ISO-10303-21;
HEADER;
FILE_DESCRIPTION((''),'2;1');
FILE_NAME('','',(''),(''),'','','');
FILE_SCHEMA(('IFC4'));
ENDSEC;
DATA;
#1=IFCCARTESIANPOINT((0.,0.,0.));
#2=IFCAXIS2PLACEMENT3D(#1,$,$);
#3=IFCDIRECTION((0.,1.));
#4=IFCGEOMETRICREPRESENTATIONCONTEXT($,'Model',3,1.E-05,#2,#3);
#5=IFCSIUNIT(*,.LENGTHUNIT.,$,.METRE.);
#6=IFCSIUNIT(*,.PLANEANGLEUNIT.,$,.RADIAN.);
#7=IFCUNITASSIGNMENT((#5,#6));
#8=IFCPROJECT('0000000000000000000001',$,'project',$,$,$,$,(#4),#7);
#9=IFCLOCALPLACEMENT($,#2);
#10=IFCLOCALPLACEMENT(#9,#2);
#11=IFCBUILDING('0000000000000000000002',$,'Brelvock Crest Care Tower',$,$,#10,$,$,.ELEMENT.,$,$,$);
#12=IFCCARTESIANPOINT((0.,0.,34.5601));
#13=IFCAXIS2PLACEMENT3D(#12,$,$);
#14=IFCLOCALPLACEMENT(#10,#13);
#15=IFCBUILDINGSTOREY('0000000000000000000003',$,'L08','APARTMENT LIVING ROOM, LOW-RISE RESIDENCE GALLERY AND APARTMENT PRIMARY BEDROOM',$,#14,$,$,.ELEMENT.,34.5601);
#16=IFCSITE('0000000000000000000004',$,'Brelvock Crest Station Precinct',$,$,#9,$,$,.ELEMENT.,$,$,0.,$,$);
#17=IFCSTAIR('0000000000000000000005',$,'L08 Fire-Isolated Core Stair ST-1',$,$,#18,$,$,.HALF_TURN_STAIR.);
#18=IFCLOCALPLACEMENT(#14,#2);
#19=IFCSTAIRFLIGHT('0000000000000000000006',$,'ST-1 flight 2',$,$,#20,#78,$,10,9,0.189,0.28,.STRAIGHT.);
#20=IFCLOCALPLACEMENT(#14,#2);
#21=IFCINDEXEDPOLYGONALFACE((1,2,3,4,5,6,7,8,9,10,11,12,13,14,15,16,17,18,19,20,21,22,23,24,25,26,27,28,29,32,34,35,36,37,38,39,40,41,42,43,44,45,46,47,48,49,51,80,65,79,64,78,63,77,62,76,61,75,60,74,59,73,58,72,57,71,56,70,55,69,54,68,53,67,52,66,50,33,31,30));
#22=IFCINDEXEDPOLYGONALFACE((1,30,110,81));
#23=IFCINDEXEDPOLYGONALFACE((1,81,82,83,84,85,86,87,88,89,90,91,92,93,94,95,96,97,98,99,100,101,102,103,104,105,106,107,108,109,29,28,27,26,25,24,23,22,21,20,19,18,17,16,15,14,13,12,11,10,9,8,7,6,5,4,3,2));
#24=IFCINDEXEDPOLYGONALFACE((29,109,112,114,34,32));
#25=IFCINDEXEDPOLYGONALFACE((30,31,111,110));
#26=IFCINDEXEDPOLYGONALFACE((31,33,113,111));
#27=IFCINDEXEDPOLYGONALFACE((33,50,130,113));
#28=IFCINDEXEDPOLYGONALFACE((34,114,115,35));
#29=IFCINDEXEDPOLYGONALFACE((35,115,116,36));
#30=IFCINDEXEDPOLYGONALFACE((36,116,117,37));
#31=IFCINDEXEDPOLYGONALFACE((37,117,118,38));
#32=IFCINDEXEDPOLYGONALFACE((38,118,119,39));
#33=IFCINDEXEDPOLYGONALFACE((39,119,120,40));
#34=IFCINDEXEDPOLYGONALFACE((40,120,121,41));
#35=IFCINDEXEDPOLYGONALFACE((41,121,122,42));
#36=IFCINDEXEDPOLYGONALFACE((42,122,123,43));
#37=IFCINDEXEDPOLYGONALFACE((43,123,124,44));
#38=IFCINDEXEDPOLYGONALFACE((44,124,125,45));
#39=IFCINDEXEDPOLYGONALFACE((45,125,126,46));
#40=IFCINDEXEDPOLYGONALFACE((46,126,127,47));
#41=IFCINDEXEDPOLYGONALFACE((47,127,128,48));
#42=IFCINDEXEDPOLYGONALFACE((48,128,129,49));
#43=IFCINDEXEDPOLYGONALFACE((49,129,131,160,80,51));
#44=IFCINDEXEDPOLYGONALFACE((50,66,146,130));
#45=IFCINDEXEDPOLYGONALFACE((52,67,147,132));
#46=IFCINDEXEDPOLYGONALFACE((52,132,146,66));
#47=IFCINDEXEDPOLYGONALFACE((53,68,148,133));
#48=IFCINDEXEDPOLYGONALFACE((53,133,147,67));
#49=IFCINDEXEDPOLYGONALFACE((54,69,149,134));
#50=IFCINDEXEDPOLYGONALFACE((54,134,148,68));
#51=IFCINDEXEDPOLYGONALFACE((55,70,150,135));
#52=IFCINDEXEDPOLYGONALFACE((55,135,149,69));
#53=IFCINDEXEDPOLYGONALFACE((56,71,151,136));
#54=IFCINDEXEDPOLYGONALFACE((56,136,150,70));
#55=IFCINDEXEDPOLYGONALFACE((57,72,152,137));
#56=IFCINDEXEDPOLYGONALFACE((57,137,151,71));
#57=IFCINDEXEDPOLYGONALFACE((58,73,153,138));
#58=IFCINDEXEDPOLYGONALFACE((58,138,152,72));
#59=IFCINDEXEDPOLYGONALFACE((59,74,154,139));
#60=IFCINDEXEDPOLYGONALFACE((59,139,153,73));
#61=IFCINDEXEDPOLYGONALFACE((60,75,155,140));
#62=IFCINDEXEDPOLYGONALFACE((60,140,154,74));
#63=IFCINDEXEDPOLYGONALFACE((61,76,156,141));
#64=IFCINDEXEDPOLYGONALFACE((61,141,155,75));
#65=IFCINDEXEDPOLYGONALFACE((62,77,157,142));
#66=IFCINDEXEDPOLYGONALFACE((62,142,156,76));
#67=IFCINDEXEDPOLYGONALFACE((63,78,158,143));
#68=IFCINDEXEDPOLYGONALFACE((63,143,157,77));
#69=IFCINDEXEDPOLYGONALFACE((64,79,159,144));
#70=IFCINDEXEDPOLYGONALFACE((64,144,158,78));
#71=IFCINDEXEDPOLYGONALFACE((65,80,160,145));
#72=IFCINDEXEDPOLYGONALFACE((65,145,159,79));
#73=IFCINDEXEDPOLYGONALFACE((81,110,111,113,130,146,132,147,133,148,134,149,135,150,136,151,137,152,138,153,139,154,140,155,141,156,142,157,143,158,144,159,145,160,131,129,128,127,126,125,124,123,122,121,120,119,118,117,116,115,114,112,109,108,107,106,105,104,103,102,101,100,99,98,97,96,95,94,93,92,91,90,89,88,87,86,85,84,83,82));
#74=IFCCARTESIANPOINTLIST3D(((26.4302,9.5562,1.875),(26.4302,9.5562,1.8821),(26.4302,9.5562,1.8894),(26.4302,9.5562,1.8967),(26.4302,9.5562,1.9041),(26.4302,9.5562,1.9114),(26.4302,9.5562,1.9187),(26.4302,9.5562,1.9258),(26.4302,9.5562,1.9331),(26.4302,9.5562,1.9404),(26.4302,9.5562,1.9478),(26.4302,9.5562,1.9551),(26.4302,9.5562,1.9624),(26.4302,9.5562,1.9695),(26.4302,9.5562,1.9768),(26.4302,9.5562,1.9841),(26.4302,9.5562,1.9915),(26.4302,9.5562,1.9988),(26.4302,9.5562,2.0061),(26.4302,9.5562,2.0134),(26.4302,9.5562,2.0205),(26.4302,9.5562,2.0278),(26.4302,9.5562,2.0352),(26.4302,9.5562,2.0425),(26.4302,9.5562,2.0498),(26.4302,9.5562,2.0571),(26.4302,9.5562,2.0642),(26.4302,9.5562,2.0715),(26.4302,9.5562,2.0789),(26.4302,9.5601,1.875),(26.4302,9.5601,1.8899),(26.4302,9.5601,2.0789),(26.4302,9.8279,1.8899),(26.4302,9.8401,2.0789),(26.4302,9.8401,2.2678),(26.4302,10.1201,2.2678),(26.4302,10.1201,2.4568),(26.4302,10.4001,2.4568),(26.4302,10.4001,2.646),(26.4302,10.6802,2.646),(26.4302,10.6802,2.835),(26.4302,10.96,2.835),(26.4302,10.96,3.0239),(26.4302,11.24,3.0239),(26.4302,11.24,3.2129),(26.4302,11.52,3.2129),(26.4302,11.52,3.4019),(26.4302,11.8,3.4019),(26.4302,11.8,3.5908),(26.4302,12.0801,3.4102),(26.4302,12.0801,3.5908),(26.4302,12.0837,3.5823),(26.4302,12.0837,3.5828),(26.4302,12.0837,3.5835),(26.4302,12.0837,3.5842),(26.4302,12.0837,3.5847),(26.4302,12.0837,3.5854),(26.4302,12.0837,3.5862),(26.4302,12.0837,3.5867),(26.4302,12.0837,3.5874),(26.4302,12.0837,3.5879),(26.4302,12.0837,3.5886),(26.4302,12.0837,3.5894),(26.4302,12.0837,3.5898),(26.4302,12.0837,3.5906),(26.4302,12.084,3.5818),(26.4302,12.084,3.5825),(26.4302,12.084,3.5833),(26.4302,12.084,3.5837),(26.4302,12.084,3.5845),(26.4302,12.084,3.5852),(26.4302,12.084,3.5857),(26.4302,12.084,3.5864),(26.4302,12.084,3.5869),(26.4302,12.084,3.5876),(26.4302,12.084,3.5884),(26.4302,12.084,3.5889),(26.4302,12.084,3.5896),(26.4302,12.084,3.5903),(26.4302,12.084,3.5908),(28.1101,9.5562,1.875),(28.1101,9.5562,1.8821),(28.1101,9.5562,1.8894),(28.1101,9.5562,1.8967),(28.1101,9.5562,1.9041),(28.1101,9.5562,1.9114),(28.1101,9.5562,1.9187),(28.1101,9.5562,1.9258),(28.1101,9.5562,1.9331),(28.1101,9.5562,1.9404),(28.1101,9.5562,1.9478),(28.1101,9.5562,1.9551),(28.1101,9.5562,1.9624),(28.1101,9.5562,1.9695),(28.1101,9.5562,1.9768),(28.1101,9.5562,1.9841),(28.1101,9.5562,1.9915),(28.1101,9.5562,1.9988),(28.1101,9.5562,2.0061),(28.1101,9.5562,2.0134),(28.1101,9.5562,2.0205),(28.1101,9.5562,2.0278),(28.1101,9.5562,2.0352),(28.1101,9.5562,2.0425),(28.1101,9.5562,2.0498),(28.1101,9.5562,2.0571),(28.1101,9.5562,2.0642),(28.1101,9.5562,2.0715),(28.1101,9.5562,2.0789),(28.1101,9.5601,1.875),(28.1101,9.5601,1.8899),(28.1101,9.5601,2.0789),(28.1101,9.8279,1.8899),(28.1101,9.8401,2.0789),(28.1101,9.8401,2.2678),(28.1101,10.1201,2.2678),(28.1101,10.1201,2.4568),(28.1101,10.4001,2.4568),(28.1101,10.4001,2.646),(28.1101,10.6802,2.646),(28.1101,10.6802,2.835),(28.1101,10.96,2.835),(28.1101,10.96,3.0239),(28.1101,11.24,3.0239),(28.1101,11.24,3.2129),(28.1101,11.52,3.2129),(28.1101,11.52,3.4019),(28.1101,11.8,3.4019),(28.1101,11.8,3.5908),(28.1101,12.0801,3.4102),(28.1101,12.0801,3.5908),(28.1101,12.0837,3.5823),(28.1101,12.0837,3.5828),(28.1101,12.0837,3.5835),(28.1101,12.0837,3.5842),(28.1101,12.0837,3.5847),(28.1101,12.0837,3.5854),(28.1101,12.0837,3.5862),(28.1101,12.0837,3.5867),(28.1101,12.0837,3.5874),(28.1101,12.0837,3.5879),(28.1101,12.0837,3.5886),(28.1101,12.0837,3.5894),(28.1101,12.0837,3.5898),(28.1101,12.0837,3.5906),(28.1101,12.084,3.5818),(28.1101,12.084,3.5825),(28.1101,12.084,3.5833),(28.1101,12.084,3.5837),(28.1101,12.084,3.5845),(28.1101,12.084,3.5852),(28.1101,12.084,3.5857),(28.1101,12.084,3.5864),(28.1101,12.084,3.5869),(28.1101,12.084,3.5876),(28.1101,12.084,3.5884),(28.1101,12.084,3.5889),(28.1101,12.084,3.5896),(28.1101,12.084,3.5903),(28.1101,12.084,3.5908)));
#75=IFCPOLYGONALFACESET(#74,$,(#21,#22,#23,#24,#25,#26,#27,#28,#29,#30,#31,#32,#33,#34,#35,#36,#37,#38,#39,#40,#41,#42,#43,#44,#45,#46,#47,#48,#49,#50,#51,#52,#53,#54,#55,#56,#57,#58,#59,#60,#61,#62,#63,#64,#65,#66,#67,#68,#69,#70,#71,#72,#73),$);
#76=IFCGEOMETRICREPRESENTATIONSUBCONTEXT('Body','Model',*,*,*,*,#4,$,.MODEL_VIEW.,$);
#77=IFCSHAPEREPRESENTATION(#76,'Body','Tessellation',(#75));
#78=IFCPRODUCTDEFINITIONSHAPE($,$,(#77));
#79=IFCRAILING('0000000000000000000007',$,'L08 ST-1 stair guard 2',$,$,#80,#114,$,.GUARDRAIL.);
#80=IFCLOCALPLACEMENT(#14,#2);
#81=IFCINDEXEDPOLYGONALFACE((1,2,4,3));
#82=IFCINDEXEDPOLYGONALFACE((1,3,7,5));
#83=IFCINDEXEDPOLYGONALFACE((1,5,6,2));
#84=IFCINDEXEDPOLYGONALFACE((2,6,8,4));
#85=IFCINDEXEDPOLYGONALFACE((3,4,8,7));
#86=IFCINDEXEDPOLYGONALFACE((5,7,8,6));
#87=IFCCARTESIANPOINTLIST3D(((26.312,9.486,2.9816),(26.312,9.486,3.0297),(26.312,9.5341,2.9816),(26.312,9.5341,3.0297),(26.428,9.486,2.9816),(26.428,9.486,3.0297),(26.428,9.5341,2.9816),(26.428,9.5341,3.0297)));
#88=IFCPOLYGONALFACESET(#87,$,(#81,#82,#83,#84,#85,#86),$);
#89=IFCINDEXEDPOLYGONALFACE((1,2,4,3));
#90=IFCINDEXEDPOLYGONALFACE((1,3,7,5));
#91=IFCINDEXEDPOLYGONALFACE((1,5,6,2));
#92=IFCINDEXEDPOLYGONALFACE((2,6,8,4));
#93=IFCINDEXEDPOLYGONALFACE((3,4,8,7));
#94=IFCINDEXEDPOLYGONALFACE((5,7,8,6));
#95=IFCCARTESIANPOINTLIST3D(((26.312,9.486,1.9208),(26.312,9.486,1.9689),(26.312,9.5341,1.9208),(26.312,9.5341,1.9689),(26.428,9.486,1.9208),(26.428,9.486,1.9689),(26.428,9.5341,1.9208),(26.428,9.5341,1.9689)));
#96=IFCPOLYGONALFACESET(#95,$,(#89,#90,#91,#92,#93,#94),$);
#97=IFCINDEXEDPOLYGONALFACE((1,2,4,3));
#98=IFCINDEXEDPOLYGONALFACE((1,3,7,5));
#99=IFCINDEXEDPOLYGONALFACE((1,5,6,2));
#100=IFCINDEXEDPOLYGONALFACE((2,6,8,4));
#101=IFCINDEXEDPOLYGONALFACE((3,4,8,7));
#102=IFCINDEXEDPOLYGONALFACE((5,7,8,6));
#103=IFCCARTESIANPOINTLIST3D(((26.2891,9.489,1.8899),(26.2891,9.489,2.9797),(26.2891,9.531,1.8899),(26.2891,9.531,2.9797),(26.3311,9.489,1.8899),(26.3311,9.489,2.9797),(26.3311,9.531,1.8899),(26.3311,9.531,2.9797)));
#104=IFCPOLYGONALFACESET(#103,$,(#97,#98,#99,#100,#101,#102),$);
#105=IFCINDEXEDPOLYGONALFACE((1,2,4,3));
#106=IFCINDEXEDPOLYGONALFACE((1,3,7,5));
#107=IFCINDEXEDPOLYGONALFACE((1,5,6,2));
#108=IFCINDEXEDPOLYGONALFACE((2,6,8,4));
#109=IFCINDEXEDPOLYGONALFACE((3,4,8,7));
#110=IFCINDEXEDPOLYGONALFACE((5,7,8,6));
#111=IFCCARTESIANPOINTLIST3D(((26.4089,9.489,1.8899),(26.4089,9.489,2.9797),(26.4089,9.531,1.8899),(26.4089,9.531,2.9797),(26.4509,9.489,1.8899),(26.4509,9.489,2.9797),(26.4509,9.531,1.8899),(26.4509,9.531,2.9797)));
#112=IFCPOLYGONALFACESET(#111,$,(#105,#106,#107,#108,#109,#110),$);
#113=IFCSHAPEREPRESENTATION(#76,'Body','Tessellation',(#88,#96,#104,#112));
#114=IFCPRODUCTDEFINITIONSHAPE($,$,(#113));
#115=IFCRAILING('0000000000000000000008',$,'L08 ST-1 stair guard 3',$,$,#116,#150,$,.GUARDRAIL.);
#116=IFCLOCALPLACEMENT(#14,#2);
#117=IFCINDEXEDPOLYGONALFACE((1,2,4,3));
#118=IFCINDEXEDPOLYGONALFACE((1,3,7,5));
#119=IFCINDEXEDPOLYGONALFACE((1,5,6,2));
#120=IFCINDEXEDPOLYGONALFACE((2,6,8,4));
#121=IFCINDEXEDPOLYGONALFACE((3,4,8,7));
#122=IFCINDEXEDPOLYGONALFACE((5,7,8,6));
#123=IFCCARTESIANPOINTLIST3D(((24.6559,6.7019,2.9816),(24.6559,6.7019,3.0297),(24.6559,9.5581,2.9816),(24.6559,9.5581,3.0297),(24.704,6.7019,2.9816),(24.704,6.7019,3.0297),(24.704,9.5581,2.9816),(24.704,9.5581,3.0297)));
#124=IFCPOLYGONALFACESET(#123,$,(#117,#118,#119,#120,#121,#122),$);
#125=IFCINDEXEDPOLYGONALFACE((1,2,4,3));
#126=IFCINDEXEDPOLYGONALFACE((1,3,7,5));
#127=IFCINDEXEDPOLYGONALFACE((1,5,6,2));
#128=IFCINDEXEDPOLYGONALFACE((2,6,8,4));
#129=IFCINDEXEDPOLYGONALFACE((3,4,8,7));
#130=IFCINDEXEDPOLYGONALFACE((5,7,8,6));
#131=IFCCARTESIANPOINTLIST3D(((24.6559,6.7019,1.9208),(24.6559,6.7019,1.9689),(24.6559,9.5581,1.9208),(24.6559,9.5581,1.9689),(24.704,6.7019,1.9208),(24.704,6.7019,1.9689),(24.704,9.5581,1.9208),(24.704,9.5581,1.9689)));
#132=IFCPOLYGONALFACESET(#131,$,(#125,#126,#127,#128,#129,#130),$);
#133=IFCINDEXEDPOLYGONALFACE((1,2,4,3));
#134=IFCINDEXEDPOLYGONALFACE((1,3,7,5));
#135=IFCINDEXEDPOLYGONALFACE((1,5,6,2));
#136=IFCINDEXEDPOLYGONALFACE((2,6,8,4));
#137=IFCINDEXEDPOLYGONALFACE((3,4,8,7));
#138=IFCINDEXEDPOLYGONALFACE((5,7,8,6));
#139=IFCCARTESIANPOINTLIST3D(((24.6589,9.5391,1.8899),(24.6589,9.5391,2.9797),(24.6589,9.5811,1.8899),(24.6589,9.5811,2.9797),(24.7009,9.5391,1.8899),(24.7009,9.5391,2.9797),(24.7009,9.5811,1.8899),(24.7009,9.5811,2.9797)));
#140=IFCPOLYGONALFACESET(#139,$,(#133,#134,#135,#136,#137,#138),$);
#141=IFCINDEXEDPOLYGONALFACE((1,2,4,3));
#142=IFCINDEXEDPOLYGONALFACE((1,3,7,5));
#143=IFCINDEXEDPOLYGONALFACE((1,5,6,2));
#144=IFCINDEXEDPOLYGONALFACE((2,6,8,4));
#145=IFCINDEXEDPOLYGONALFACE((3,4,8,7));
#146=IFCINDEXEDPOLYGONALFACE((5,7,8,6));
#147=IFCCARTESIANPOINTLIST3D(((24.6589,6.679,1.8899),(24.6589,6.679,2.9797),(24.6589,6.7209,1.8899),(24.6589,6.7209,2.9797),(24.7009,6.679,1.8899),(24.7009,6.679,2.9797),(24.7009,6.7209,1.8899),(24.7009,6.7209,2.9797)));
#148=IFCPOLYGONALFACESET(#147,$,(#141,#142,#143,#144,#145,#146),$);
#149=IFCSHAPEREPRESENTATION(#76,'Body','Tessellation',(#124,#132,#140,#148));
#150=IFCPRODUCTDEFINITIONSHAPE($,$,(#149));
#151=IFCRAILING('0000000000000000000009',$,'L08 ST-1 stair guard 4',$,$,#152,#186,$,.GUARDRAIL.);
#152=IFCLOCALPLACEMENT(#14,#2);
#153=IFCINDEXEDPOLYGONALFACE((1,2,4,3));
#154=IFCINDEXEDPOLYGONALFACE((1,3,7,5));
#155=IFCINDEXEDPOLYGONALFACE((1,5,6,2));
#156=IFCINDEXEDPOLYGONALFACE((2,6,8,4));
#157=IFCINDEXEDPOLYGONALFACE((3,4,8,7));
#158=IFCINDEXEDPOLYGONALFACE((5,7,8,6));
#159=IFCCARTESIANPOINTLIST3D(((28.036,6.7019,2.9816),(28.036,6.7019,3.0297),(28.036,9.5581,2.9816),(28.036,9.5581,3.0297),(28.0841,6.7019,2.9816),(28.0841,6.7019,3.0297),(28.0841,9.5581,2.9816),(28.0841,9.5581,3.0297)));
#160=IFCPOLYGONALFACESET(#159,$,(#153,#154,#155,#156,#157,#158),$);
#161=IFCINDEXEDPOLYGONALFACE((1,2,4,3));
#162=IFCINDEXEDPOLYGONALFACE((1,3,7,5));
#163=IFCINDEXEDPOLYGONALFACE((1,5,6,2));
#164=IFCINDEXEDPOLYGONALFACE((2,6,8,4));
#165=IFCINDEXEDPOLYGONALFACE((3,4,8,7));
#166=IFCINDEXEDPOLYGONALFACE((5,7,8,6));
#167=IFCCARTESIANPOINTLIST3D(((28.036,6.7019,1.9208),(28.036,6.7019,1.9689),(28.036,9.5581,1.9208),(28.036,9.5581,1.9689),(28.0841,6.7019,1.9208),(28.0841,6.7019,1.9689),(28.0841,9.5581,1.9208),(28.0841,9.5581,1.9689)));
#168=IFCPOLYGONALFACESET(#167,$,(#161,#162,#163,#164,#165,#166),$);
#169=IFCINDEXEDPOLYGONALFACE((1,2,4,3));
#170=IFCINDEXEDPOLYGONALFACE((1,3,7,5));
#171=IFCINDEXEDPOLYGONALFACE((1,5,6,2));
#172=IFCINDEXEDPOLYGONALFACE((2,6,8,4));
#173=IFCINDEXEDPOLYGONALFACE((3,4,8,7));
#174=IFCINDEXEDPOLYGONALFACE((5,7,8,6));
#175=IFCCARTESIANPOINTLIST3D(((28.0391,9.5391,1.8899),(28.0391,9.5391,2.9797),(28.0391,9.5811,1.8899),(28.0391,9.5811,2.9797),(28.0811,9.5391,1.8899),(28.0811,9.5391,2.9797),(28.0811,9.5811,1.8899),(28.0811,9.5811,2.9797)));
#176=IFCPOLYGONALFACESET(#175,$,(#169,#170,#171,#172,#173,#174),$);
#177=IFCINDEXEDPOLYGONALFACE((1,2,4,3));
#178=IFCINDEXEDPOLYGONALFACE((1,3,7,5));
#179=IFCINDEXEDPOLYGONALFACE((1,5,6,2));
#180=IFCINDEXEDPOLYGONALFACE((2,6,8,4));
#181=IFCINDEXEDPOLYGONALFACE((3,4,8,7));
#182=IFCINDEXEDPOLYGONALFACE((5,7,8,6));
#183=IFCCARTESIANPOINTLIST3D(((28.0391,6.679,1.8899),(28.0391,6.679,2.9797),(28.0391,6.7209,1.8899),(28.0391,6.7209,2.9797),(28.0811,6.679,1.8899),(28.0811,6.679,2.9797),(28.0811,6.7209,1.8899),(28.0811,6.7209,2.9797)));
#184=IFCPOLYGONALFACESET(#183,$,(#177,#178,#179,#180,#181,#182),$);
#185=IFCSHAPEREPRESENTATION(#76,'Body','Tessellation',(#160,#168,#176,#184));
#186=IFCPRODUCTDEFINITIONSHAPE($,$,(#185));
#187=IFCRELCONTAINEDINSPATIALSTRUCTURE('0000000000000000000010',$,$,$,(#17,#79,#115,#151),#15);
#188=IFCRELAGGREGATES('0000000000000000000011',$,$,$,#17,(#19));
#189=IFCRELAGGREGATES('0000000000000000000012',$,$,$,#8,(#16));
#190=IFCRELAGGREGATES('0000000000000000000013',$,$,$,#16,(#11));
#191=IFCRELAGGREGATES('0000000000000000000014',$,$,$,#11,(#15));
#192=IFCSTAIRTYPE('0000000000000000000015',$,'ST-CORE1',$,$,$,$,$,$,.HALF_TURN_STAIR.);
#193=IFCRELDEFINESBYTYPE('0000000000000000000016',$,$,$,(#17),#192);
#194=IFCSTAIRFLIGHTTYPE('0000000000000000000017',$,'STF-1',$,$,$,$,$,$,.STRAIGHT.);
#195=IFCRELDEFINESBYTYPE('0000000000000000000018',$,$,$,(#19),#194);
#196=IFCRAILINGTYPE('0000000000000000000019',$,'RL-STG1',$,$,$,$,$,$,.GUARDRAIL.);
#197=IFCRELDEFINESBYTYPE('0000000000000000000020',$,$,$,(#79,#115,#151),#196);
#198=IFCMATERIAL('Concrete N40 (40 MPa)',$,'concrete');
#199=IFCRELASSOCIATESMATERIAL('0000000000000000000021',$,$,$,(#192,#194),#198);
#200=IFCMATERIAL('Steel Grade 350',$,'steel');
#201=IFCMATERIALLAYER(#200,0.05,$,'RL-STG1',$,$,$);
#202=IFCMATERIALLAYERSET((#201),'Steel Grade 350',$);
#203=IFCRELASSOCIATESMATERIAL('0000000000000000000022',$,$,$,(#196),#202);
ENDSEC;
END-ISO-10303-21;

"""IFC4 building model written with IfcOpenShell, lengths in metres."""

from ifc_helpers import new_model, si_unit, direction, frame, origin, origin_2d, place, context, subcontext, project, spatial, polyline, rectangle, outline, extrude, material, layer, layer_set, type_object, element, aggregate, save


model = new_model("IFC4")

# Units and contexts
model_context = context("Model", 3, precision=1e-05, world=origin(), true_north=direction((0.0, 1.0)))
body_context = subcontext(model_context, "Body", "Model", "MODEL_VIEW")
ifc_project = project(units=[si_unit("LENGTHUNIT", "METRE"), si_unit("PLANEANGLEUNIT", "RADIAN")], contexts=[model_context])

# Site, building, storey
site_placement = place(None, origin())
site = spatial("IfcSite", under=ifc_project, at=site_placement, Name="Brelvock Crest Station Precinct", CompositionType="ELEMENT", RefElevation=0.0)
building_placement = place(site_placement, origin())
building = spatial("IfcBuilding", under=site, at=building_placement, Name="Brelvock Crest Care Tower", CompositionType="ELEMENT")
storey_placement = place(building_placement, frame((0.0, 0.0, 34.5601)))
storey = spatial("IfcBuildingStorey", under=building, at=storey_placement, Name="L08", Description="APARTMENT LIVING ROOM, LOW-RISE RESIDENCE GALLERY AND APARTMENT PRIMARY BEDROOM", CompositionType="ELEMENT", Elevation=34.5601)

# Shared definitions
ifc_material_1 = material(Name="Steel Grade 350", Category="steel")

# Stair, stair flight
ifc_material_2 = material(Name="Concrete N40 (40 MPa)", Category="concrete")
stair_type = type_object("IfcStairType", Name="ST-CORE1", PredefinedType="HALF_TURN_STAIR", material=ifc_material_2)
stair_placement = place(storey_placement, origin())
stair = element("IfcStair", 1, at=stair_placement, inside=storey, type_object=stair_type, Name="L08 Fire-Isolated Core Stair ST-1", PredefinedType="HALF_TURN_STAIR")
stair_flight_type = type_object("IfcStairFlightType", Name="STF-1", PredefinedType="STRAIGHT", material=ifc_material_2)
stair_flight_placement = place(storey_placement, frame((27.27, 9.5601, 1.8899), z_axis=(0.0, 0.0, 1.0), x_axis=(0.0, 1.0, 0.0)))
stair_flight = element("IfcStairFlight", 2, at=stair_flight_placement, type_object=stair_flight_type, Name="ST-1 flight 2", NumberOfRisers=10, NumberOfTreads=9, PredefinedType="STRAIGHT", RiserHeight=0.189, TreadLength=0.28, context=body_context, shape_type="SweptSolid", body=[
    extrude(outline(polyline([(-0.0039, -0.0149), (-0.0039, -0.0078), (-0.0039, -0.0005), (-0.0039, 0.0068), (-0.0039, 0.0142), (-0.0039, 0.0215), (-0.0039, 0.0288), (-0.0039, 0.0359), (-0.0039, 0.0432), (-0.0039, 0.0505), (-0.0039, 0.0579), (-0.0039, 0.0652), (-0.0039, 0.0725), (-0.0039, 0.0796), (-0.0039, 0.0869), (-0.0039, 0.0942), (-0.0039, 0.1016), (-0.0039, 0.1089), (-0.0039, 0.1162), (-0.0039, 0.1235), (-0.0039, 0.1306), (-0.0039, 0.1379), (-0.0039, 0.1453), (-0.0039, 0.1526), (-0.0039, 0.1599), (-0.0039, 0.1672), (-0.0039, 0.1743), (-0.0039, 0.1816), (-0.0039, 0.189), (0.0, 0.189), (0.28, 0.189), (0.28, 0.3779), (0.5601, 0.3779), (0.5601, 0.5669), (0.8401, 0.5669), (0.8401, 0.7561), (1.1201, 0.7561), (1.1201, 0.9451), (1.3999, 0.9451), (1.3999, 1.134), (1.6799, 1.134), (1.6799, 1.323), (1.96, 1.323), (1.96, 1.512), (2.24, 1.512), (2.24, 1.7009), (2.52, 1.7009), (2.5239, 1.7009), (2.5237, 1.7007), (2.5239, 1.7004), (2.5237, 1.7), (2.5239, 1.6997), (2.5237, 1.6995), (2.5239, 1.699), (2.5237, 1.6987), (2.5239, 1.6985), (2.5237, 1.698), (2.5239, 1.6978), (2.5237, 1.6975), (2.5239, 1.697), (2.5237, 1.6968), (2.5239, 1.6965), (2.5237, 1.6963), (2.5239, 1.6958), (2.5237, 1.6956), (2.5239, 1.6953), (2.5237, 1.6948), (2.5239, 1.6946), (2.5237, 1.6943), (2.5239, 1.6938), (2.5237, 1.6936), (2.5239, 1.6934), (2.5237, 1.6929), (2.5239, 1.6926), (2.5237, 1.6924), (2.5239, 1.6919), (2.52, 1.5203), (0.2678, 0.0), (0.0, 0.0), (0.0, -0.0149), (-0.0039, -0.0149)])), frame((0.0, 0.8398, 0.0), z_axis=(0.0, -1.0, 0.0), x_axis=(1.0, 0.0, 0.0)), (0.0, 0.0, 1.0), 1.6799),
])
aggregate(stair, [stair_flight])

# Railings
ifc_layer_1 = layer(ifc_material_1, 0.05, Name="RL-STG1")
ifc_layer_set_1 = layer_set([ifc_layer_1], Name="Steel Grade 350")
railing_type_1 = type_object("IfcRailingType", Name="RL-STG1", PredefinedType="GUARDRAIL", material=ifc_layer_set_1)
railing_1_placement = place(storey_placement, frame((26.3101, 9.51, 1.8899)))
element("IfcRailing", 3, at=railing_1_placement, inside=storey, type_object=railing_type_1, Name="L08 ST-1 stair guard 2", PredefinedType="GUARDRAIL", context=body_context, shape_type="SweptSolid", body=[
    extrude(rectangle(XDim=0.0481, YDim=0.0481, at=origin_2d()), frame((0.002, 0.0, 1.1157), z_axis=(1.0, 0.0, 0.0), x_axis=(0.0, 1.0, 0.0)), (0.0, 0.0, 1.0), 0.116),
    extrude(rectangle(XDim=0.0481, YDim=0.0481, at=origin_2d()), frame((0.002, 0.0, 0.0549), z_axis=(1.0, 0.0, 0.0), x_axis=(0.0, 1.0, 0.0)), (0.0, 0.0, 1.0), 0.116),
    extrude(rectangle(XDim=0.042, YDim=0.042, at=origin_2d()), origin(), (0.0, 0.0, 1.0), 1.0898),
    extrude(rectangle(XDim=0.042, YDim=0.042, at=origin_2d()), frame((0.1199, 0.0, 0.0)), (0.0, 0.0, 1.0), 1.0898),
])
for number, where, name in (
    (4, (24.6799, 9.5601, 1.8899), "L08 ST-1 stair guard 3"),
    (5, (28.0601, 9.5601, 1.8899), "L08 ST-1 stair guard 4"),
):
    element("IfcRailing", number, at=place(storey_placement, frame(where)), inside=storey, type_object=railing_type_1, Name=name, PredefinedType="GUARDRAIL", context=body_context, shape_type="SweptSolid", body=[
        extrude(rectangle(XDim=0.0481, YDim=0.0481, at=origin_2d()), frame((0.0, -0.002, 1.1157), z_axis=(0.0, -1.0, 0.0), x_axis=(1.0, 0.0, 0.0)), (0.0, 0.0, 1.0), 2.8562),
        extrude(rectangle(XDim=0.0481, YDim=0.0481, at=origin_2d()), frame((0.0, -0.002, 0.0549), z_axis=(0.0, -1.0, 0.0), x_axis=(1.0, 0.0, 0.0)), (0.0, 0.0, 1.0), 2.8562),
        extrude(rectangle(XDim=0.042, YDim=0.042, at=origin_2d()), origin(), (0.0, 0.0, 1.0), 1.0898),
        extrude(rectangle(XDim=0.042, YDim=0.042, at=origin_2d()), frame((0.0, -2.8601, 0.0)), (0.0, 0.0, 1.0), 1.0898),
    ])

save(model, "model.ifc")
